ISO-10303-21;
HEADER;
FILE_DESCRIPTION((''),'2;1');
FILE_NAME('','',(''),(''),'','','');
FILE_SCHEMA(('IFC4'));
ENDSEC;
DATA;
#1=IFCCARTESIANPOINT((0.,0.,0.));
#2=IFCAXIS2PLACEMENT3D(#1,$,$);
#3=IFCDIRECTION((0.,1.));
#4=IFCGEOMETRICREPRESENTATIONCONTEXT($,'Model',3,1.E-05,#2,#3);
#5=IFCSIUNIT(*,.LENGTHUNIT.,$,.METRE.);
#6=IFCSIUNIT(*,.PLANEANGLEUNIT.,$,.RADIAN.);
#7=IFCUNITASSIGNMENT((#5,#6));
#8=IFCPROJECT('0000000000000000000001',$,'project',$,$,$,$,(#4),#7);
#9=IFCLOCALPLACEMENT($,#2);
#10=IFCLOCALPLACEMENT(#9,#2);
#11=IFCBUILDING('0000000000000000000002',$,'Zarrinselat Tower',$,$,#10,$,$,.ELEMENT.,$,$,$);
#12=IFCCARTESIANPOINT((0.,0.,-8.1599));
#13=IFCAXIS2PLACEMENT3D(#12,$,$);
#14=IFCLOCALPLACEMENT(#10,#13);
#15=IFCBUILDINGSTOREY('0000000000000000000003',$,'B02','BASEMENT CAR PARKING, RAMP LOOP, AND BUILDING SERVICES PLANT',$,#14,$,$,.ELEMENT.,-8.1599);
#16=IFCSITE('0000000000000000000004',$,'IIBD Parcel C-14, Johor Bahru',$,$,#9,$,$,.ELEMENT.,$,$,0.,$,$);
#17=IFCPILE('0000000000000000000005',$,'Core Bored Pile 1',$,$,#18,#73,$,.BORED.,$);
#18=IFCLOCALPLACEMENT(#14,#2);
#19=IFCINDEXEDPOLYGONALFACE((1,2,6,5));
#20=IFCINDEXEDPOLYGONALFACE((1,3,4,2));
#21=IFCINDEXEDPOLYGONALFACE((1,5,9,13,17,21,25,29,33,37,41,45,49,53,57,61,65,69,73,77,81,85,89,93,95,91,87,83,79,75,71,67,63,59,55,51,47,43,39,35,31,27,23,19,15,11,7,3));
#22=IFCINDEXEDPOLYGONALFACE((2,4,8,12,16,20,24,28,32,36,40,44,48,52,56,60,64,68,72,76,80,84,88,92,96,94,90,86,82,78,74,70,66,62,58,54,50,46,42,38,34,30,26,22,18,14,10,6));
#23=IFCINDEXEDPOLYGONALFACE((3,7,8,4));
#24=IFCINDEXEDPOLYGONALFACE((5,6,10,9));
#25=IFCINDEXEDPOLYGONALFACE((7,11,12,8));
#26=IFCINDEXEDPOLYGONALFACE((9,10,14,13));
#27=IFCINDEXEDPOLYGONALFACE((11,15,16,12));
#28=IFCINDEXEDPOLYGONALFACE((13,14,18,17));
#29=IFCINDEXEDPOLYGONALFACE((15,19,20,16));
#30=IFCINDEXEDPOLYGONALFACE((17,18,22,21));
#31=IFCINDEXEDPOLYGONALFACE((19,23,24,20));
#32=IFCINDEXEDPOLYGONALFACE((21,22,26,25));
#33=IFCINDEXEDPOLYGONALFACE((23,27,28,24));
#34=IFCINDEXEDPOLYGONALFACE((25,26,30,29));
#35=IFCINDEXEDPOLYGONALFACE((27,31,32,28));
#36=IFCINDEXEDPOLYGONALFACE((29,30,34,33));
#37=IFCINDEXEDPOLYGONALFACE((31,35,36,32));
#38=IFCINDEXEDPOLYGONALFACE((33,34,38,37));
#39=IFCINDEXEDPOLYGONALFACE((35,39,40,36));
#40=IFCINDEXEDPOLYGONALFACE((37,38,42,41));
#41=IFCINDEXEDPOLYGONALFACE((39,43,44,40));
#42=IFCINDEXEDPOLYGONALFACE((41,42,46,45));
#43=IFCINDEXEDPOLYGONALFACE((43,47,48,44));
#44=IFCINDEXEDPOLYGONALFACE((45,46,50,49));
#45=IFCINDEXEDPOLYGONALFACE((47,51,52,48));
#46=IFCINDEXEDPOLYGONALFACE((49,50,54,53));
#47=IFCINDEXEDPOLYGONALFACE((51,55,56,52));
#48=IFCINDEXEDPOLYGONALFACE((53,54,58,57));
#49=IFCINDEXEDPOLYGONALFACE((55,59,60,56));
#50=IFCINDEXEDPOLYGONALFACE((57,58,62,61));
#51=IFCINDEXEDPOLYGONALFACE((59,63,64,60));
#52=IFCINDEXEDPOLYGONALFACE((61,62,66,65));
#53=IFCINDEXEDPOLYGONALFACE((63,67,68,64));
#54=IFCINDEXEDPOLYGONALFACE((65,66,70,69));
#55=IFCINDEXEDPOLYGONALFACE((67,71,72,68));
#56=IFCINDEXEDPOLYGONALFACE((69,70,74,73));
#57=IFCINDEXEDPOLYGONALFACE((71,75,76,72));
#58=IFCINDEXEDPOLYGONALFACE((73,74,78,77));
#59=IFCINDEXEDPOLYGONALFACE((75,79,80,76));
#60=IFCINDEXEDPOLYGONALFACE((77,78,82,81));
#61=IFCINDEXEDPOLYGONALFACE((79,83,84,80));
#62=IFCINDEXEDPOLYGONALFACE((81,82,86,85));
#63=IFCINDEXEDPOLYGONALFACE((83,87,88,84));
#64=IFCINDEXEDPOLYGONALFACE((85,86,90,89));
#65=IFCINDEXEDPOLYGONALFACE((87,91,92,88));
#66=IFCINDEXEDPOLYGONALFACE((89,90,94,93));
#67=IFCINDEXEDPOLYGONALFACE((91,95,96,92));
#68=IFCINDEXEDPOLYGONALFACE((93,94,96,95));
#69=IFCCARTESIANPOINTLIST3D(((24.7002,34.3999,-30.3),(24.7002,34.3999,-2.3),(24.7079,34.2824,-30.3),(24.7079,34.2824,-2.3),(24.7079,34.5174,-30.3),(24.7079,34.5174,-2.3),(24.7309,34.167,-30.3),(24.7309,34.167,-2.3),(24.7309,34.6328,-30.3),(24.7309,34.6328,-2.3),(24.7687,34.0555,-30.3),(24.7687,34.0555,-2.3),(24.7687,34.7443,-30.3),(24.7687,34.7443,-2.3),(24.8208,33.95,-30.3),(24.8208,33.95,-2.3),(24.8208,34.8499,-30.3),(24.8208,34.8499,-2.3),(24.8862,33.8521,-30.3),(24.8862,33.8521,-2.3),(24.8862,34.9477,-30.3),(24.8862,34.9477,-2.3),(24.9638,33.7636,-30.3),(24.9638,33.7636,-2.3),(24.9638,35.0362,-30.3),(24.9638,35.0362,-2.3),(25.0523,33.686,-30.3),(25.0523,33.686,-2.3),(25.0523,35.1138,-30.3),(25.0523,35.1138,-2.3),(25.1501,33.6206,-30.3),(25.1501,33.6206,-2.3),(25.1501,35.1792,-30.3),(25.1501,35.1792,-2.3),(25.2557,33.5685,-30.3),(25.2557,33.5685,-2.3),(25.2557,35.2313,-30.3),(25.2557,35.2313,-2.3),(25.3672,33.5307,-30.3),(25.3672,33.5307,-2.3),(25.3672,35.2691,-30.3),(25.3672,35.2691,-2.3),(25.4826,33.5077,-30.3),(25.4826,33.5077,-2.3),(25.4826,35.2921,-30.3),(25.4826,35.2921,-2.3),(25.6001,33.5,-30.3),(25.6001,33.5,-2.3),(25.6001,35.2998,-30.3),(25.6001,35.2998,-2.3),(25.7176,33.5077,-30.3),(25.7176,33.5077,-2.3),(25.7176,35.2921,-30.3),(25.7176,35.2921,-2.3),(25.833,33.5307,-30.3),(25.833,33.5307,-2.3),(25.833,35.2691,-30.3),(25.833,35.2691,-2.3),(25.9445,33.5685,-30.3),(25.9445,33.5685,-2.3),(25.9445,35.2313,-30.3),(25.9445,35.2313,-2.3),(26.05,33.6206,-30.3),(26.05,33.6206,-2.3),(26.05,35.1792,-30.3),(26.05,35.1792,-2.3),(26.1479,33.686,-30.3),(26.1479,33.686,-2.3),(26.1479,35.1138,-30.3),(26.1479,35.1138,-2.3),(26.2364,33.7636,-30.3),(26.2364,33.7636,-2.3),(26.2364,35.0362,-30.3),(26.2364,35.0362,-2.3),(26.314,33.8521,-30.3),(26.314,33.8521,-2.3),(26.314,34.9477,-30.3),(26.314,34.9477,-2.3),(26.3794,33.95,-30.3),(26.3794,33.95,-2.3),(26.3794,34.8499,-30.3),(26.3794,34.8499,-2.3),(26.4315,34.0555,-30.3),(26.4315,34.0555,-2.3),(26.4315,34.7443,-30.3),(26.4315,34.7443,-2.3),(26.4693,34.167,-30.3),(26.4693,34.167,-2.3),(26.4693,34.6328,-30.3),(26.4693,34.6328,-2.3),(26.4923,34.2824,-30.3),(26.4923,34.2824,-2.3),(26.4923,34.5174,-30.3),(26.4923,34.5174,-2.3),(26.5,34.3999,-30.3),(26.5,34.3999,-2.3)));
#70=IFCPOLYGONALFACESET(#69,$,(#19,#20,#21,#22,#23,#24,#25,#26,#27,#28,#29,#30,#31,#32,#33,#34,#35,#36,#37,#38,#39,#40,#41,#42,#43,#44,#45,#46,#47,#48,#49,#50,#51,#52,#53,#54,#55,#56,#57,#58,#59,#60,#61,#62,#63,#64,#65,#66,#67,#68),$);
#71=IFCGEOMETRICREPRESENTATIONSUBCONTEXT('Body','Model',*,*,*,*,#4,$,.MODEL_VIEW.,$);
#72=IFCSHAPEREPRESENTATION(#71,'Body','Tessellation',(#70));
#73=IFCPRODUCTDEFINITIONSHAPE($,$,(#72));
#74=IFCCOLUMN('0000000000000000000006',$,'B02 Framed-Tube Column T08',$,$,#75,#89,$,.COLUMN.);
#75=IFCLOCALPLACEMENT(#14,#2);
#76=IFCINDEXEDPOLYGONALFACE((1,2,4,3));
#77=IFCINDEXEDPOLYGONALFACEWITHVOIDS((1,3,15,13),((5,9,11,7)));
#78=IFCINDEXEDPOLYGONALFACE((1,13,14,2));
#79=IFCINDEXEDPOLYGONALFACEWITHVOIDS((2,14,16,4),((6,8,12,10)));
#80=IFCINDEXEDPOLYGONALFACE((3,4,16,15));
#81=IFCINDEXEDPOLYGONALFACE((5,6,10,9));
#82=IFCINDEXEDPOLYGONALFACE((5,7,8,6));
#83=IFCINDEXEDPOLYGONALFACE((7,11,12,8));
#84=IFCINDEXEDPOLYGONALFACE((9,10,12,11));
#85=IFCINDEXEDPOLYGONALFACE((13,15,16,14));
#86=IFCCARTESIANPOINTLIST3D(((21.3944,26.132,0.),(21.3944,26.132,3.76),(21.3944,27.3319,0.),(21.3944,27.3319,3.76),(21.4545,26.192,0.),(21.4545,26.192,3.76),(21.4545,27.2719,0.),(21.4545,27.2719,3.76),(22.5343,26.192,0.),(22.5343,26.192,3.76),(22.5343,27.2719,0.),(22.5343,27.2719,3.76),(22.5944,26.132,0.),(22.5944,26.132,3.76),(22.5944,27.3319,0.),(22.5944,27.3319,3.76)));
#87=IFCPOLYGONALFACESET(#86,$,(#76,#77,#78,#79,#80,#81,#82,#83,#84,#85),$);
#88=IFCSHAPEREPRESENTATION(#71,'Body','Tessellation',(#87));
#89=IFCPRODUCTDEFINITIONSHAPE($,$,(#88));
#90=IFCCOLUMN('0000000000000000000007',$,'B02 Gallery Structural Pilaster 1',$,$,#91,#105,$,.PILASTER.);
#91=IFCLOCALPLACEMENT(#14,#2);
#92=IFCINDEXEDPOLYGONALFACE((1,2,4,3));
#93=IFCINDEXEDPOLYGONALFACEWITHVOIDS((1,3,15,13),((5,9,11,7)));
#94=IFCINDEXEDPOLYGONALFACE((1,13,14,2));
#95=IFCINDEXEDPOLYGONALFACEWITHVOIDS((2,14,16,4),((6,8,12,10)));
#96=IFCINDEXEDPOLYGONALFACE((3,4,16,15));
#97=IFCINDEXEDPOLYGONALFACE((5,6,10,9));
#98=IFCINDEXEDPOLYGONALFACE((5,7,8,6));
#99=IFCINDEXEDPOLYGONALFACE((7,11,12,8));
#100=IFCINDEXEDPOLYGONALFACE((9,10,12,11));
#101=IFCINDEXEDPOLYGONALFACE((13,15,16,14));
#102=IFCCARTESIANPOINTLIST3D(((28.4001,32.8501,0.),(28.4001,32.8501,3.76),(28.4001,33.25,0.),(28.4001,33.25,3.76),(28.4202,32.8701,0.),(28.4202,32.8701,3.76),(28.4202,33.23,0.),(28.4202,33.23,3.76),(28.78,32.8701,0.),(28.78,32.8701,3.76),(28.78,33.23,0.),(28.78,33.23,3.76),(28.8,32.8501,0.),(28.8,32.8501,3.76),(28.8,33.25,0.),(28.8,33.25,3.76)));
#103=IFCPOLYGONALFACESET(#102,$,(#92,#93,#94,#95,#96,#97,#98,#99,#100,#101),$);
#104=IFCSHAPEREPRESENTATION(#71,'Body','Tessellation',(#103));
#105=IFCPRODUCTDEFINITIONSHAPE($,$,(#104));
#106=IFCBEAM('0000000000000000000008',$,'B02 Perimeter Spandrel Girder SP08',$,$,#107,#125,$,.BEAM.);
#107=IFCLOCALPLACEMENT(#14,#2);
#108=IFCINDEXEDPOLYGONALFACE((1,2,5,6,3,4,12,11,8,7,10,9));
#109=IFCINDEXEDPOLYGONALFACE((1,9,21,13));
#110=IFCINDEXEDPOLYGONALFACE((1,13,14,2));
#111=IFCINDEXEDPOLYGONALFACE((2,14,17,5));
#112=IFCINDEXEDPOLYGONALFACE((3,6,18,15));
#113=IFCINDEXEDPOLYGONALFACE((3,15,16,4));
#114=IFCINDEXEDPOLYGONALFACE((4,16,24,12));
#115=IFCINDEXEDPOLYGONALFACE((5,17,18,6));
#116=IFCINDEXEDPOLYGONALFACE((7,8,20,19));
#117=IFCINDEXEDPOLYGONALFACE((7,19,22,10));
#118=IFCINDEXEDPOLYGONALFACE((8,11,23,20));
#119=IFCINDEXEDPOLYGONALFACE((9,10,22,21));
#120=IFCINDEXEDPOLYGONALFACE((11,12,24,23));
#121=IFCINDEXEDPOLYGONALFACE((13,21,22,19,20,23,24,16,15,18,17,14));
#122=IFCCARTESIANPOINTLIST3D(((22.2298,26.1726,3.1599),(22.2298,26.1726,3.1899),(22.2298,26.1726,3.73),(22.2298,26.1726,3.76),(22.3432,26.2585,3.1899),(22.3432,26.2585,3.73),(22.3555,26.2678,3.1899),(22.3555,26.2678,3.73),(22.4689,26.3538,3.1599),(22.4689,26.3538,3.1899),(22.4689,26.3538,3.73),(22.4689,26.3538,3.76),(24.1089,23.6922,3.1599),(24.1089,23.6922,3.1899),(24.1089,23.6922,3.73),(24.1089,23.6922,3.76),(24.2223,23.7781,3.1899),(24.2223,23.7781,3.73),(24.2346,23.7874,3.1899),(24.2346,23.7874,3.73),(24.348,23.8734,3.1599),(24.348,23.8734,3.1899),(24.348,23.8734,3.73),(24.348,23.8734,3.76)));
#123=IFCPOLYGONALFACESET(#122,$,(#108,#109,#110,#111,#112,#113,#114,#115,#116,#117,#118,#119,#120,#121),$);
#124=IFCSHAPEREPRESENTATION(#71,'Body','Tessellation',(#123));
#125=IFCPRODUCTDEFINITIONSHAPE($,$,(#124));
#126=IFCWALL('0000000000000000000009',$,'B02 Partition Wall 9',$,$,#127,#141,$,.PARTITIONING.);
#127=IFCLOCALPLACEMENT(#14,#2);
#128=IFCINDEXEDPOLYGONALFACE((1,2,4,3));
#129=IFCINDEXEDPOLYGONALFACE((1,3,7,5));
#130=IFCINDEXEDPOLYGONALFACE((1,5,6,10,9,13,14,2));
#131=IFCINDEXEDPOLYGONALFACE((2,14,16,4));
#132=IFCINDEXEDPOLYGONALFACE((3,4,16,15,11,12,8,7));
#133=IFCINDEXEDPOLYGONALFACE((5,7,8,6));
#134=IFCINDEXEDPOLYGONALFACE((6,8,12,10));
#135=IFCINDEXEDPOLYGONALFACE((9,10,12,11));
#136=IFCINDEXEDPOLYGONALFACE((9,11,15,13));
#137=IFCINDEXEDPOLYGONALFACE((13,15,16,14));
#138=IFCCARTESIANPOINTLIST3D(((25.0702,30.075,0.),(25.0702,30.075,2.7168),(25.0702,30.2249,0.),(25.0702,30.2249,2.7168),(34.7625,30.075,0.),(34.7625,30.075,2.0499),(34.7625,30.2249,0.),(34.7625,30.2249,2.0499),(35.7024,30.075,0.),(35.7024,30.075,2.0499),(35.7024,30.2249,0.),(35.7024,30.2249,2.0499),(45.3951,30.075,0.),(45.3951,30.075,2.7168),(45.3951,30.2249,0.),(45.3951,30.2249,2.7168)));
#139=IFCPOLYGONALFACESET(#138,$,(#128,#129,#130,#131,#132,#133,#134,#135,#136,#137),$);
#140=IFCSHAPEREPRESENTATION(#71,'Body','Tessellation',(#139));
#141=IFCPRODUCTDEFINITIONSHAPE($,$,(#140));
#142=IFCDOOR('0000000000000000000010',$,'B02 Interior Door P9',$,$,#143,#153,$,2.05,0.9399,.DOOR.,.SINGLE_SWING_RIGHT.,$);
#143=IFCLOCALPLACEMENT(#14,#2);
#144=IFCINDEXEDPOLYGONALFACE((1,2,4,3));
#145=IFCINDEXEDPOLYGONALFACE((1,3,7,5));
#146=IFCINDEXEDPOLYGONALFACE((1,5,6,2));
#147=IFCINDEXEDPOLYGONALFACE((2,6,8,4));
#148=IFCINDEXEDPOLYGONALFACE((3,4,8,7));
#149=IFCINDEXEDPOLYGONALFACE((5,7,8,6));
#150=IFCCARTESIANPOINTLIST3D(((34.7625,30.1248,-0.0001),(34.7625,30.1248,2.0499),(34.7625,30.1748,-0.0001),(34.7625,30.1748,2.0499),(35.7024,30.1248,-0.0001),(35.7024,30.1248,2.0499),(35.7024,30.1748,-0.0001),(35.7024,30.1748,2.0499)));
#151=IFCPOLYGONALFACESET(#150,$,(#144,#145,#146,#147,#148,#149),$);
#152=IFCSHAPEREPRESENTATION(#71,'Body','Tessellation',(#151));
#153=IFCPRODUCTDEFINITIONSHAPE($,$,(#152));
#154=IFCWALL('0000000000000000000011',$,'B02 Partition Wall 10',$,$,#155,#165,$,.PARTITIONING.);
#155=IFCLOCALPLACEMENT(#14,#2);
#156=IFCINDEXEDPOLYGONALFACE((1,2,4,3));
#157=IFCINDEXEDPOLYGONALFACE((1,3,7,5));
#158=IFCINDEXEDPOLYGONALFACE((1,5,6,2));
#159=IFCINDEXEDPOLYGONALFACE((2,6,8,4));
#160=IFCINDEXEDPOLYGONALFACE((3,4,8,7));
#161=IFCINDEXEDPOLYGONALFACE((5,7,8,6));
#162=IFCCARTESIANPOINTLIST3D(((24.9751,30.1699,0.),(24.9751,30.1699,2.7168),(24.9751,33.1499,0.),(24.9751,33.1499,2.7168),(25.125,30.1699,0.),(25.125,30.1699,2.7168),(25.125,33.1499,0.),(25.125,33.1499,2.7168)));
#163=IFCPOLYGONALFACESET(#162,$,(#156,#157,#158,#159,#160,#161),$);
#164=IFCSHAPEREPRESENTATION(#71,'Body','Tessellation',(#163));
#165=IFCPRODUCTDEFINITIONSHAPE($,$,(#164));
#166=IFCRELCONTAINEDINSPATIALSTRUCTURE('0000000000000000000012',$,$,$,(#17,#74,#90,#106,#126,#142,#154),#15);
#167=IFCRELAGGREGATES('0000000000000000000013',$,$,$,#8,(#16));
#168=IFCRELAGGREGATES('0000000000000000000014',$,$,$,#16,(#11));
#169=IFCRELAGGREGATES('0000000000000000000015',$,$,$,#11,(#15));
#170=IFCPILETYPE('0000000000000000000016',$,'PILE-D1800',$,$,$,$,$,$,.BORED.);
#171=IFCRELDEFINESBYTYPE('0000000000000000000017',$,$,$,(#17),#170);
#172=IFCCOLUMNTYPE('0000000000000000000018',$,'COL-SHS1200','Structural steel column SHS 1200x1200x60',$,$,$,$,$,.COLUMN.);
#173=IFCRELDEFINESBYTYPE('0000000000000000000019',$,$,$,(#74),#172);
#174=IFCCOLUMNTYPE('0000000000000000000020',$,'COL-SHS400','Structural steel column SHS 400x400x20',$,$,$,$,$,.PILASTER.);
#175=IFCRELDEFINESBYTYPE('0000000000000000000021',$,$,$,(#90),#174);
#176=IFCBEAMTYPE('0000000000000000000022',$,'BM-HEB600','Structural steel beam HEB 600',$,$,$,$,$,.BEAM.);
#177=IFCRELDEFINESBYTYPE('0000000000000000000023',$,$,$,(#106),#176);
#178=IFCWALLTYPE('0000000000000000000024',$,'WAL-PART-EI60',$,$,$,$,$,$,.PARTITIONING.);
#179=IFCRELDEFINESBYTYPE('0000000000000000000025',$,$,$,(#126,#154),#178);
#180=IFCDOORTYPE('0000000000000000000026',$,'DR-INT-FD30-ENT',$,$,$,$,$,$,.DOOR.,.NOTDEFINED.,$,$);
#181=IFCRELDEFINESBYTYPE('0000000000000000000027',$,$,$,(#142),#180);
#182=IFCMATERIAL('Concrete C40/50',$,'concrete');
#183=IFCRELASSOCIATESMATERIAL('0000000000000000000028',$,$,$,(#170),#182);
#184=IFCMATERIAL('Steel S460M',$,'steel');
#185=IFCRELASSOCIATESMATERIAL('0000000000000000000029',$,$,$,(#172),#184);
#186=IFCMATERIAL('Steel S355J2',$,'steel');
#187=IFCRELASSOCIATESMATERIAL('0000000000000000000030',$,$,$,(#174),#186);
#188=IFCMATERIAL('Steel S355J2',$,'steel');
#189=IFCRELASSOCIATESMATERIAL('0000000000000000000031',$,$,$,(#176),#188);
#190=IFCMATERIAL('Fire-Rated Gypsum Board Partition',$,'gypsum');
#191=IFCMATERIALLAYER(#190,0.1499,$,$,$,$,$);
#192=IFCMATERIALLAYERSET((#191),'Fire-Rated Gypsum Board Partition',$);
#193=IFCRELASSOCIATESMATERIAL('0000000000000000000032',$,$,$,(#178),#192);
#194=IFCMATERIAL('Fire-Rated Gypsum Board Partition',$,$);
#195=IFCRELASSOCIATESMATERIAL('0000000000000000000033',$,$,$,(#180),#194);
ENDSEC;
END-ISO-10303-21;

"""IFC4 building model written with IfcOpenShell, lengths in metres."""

from ifc_helpers import new_model, si_unit, direction, frame, frame_2d, origin, origin_2d, place, context, subcontext, project, spatial, rectangle, hollow_rectangle, circle, i_section, extrude, material, layer, layer_set, material_profile, profile_set, type_object, element, fill, save


model = new_model("IFC4")

# Units and contexts
model_context = context("Model", 3, precision=1e-05, world=origin(), true_north=direction((0.0, 1.0)))
body_context = subcontext(model_context, "Body", "Model", "MODEL_VIEW")
ifc_project = project(units=[si_unit("LENGTHUNIT", "METRE"), si_unit("PLANEANGLEUNIT", "RADIAN")], contexts=[model_context])

# Site, building, storey
site_placement = place(None, origin())
site = spatial("IfcSite", under=ifc_project, at=site_placement, Name="IIBD Parcel C-14, Johor Bahru", CompositionType="ELEMENT", RefElevation=0.0)
building_placement = place(site_placement, origin())
building = spatial("IfcBuilding", under=site, at=building_placement, Name="Zarrinselat Tower", CompositionType="ELEMENT")
storey_placement = place(building_placement, frame((0.0, 0.0, -8.1599)))
storey = spatial("IfcBuildingStorey", under=building, at=storey_placement, Name="B02", Description="BASEMENT CAR PARKING, RAMP LOOP, AND BUILDING SERVICES PLANT", CompositionType="ELEMENT", Elevation=-8.1599)

# Pile
ifc_material_1 = material(Name="Concrete C40/50", Category="concrete")
ifc_material_profile_1 = material_profile(ifc_material_1, circle(Radius=0.8999, at=origin_2d()), Name="BORED PILE D1800")
ifc_profile_set_1 = profile_set([ifc_material_profile_1], Name="Concrete C40/50")
pile_type = type_object("IfcPileType", Name="PILE-D1800", PredefinedType="BORED", material=ifc_profile_set_1)
pile_placement = place(storey_placement, frame((25.6001, 34.3999, -2.3), z_axis=(0.0, 0.0, -1.0), x_axis=(1.0, 0.0, 0.0)))
element("IfcPile", 1, at=pile_placement, inside=storey, type_object=pile_type, Name="Core Bored Pile 1", PredefinedType="BORED", context=body_context, shape_type="SweptSolid", body=[
    extrude(circle(Radius=0.8999, at=origin_2d()), origin(), (0.0, 0.0, 1.0), 28.0),
])

# Columns
ifc_material_2 = material(Name="Steel S460M", Category="steel")
ifc_material_profile_2 = material_profile(ifc_material_2, hollow_rectangle(XDim=1.2, YDim=1.2, WallThickness=0.0601, at=origin_2d()), Name="SHS 1200x1200x60")
ifc_profile_set_2 = profile_set([ifc_material_profile_2], Name="Steel S460M")
column_type_1 = type_object("IfcColumnType", Name="COL-SHS1200", Description="Structural steel column SHS 1200x1200x60", PredefinedType="COLUMN", material=ifc_profile_set_2)
column_1_placement = place(storey_placement, frame((21.9944, 26.7319, 0.0), z_axis=(0.0, 0.0, 1.0), x_axis=(1.0, 0.0, 0.0)))
element("IfcColumn", 2, at=column_1_placement, inside=storey, type_object=column_type_1, Name="B02 Framed-Tube Column T08", PredefinedType="COLUMN", context=body_context, shape_type="SweptSolid", body=[
    extrude(hollow_rectangle(XDim=1.2, YDim=1.2, WallThickness=0.0601, at=origin_2d()), origin(), (0.0, 0.0, 1.0), 3.76),
])
ifc_material_3 = material(Name="Steel S355J2", Category="steel")
ifc_material_profile_3 = material_profile(ifc_material_3, hollow_rectangle(XDim=0.3999, YDim=0.3999, WallThickness=0.02, at=origin_2d()), Name="SHS 400x400x20")
ifc_profile_set_3 = profile_set([ifc_material_profile_3], Name="Steel S355J2")
column_type_2 = type_object("IfcColumnType", Name="COL-SHS400", Description="Structural steel column SHS 400x400x20", PredefinedType="PILASTER", material=ifc_profile_set_3)
column_2_placement = place(storey_placement, frame((28.6001, 33.05, 0.0), z_axis=(0.0, 0.0, 1.0), x_axis=(1.0, 0.0, 0.0)))
element("IfcColumn", 3, at=column_2_placement, inside=storey, type_object=column_type_2, Name="B02 Gallery Structural Pilaster 1", PredefinedType="PILASTER", context=body_context, shape_type="SweptSolid", body=[
    extrude(hollow_rectangle(XDim=0.3999, YDim=0.3999, WallThickness=0.02, at=origin_2d()), origin(), (0.0, 0.0, 1.0), 3.76),
])

# Beam
ifc_material_4 = material(Name="Steel S355J2", Category="steel")
ifc_material_profile_4 = material_profile(ifc_material_4, i_section(OverallWidth=0.3, OverallDepth=0.6001, WebThickness=0.0154, FlangeThickness=0.03, at=origin_2d()), Name="HEB 600")
ifc_profile_set_4 = profile_set([ifc_material_profile_4], Name="Steel S355J2")
beam_type = type_object("IfcBeamType", Name="BM-HEB600", Description="Structural steel beam HEB 600", PredefinedType="BEAM", material=ifc_profile_set_4)
beam_placement = place(storey_placement, frame((22.3494, 26.2632, 3.46), z_axis=(0.603859, -0.797091, 0.0), x_axis=(0.797091, 0.603859, 0.0)))
element("IfcBeam", 4, at=beam_placement, inside=storey, type_object=beam_type, Name="B02 Perimeter Spandrel Girder SP08", PredefinedType="BEAM", context=body_context, shape_type="SweptSolid", body=[
    extrude(i_section(OverallWidth=0.3, OverallDepth=0.6001, WebThickness=0.0154, FlangeThickness=0.03, at=origin_2d()), origin(), (0.0, 0.0, 1.0), 3.1118),
])

# Wall, opening, door
ifc_material_5 = material(Name="Fire-Rated Gypsum Board Partition", Category="gypsum")
ifc_layer_1 = layer(ifc_material_5, 0.1499)
ifc_layer_set_1 = layer_set([ifc_layer_1], Name="Fire-Rated Gypsum Board Partition")
wall_type_1 = type_object("IfcWallType", Name="WAL-PART-EI60", PredefinedType="PARTITIONING", material=ifc_layer_set_1)
wall_1_placement = place(storey_placement, frame((25.0701, 30.1499, 0.0), z_axis=(0.0, 0.0, 1.0), x_axis=(1.0, 0.0, 0.0)))
wall_1 = element("IfcWall", 5, at=wall_1_placement, inside=storey, type_object=wall_type_1, Name="B02 Partition Wall 9", PredefinedType="PARTITIONING", context=body_context, shape_type="SweptSolid", body=[
    extrude(rectangle(XDim=20.325, YDim=0.1499, at=frame_2d((10.1626, 0.0))), origin(), (0.0, 0.0, 1.0), 2.7168),
])
opening_1_placement = place(wall_1_placement, frame((9.6924, 0.0, 0.0)))
opening_1 = element("IfcOpeningElement", 6, at=opening_1_placement, cuts=wall_1, PredefinedType="OPENING", context=body_context, shape_type="SweptSolid", body=[
    extrude(rectangle(XDim=0.9399, YDim=2.05, at=frame_2d((0.47, 1.0249))), frame((0.0, 0.085, 0.0), z_axis=(0.0, -1.0, 0.0), x_axis=(1.0, 0.0, 0.0)), (0.0, 0.0, 1.0), 0.1699),
])
ifc_material_6 = material(Name="Fire-Rated Gypsum Board Partition")
door_type_1 = type_object("IfcDoorType", Name="DR-INT-FD30-ENT", OperationType="NOTDEFINED", PredefinedType="DOOR", material=ifc_material_6)
door_1_placement = place(opening_1_placement, origin())
door_1 = element("IfcDoor", 7, at=door_1_placement, inside=storey, type_object=door_type_1, Name="B02 Interior Door P9", OperationType="SINGLE_SWING_RIGHT", OverallHeight=2.05, OverallWidth=0.9399, PredefinedType="DOOR", context=body_context, shape_type="SweptSolid", body=[
    extrude(rectangle(XDim=0.9399, YDim=2.05, at=frame_2d((0.47, 1.0249))), frame((0.0, 0.0249, 0.0), z_axis=(0.0, -1.0, 0.0), x_axis=(1.0, 0.0, 0.0)), (0.0, 0.0, 1.0), 0.05),
])
fill(opening_1, door_1)

# Wall
wall_2_placement = place(storey_placement, frame((25.05, 30.1699, 0.0), z_axis=(0.0, 0.0, 1.0), x_axis=(0.0, 1.0, 0.0)))
element("IfcWall", 8, at=wall_2_placement, inside=storey, type_object=wall_type_1, Name="B02 Partition Wall 10", PredefinedType="PARTITIONING", context=body_context, shape_type="SweptSolid", body=[
    extrude(rectangle(XDim=2.98, YDim=0.1499, at=frame_2d((1.49, 0.0))), origin(), (0.0, 0.0, 1.0), 2.7168),
])

save(model, "model.ifc")
